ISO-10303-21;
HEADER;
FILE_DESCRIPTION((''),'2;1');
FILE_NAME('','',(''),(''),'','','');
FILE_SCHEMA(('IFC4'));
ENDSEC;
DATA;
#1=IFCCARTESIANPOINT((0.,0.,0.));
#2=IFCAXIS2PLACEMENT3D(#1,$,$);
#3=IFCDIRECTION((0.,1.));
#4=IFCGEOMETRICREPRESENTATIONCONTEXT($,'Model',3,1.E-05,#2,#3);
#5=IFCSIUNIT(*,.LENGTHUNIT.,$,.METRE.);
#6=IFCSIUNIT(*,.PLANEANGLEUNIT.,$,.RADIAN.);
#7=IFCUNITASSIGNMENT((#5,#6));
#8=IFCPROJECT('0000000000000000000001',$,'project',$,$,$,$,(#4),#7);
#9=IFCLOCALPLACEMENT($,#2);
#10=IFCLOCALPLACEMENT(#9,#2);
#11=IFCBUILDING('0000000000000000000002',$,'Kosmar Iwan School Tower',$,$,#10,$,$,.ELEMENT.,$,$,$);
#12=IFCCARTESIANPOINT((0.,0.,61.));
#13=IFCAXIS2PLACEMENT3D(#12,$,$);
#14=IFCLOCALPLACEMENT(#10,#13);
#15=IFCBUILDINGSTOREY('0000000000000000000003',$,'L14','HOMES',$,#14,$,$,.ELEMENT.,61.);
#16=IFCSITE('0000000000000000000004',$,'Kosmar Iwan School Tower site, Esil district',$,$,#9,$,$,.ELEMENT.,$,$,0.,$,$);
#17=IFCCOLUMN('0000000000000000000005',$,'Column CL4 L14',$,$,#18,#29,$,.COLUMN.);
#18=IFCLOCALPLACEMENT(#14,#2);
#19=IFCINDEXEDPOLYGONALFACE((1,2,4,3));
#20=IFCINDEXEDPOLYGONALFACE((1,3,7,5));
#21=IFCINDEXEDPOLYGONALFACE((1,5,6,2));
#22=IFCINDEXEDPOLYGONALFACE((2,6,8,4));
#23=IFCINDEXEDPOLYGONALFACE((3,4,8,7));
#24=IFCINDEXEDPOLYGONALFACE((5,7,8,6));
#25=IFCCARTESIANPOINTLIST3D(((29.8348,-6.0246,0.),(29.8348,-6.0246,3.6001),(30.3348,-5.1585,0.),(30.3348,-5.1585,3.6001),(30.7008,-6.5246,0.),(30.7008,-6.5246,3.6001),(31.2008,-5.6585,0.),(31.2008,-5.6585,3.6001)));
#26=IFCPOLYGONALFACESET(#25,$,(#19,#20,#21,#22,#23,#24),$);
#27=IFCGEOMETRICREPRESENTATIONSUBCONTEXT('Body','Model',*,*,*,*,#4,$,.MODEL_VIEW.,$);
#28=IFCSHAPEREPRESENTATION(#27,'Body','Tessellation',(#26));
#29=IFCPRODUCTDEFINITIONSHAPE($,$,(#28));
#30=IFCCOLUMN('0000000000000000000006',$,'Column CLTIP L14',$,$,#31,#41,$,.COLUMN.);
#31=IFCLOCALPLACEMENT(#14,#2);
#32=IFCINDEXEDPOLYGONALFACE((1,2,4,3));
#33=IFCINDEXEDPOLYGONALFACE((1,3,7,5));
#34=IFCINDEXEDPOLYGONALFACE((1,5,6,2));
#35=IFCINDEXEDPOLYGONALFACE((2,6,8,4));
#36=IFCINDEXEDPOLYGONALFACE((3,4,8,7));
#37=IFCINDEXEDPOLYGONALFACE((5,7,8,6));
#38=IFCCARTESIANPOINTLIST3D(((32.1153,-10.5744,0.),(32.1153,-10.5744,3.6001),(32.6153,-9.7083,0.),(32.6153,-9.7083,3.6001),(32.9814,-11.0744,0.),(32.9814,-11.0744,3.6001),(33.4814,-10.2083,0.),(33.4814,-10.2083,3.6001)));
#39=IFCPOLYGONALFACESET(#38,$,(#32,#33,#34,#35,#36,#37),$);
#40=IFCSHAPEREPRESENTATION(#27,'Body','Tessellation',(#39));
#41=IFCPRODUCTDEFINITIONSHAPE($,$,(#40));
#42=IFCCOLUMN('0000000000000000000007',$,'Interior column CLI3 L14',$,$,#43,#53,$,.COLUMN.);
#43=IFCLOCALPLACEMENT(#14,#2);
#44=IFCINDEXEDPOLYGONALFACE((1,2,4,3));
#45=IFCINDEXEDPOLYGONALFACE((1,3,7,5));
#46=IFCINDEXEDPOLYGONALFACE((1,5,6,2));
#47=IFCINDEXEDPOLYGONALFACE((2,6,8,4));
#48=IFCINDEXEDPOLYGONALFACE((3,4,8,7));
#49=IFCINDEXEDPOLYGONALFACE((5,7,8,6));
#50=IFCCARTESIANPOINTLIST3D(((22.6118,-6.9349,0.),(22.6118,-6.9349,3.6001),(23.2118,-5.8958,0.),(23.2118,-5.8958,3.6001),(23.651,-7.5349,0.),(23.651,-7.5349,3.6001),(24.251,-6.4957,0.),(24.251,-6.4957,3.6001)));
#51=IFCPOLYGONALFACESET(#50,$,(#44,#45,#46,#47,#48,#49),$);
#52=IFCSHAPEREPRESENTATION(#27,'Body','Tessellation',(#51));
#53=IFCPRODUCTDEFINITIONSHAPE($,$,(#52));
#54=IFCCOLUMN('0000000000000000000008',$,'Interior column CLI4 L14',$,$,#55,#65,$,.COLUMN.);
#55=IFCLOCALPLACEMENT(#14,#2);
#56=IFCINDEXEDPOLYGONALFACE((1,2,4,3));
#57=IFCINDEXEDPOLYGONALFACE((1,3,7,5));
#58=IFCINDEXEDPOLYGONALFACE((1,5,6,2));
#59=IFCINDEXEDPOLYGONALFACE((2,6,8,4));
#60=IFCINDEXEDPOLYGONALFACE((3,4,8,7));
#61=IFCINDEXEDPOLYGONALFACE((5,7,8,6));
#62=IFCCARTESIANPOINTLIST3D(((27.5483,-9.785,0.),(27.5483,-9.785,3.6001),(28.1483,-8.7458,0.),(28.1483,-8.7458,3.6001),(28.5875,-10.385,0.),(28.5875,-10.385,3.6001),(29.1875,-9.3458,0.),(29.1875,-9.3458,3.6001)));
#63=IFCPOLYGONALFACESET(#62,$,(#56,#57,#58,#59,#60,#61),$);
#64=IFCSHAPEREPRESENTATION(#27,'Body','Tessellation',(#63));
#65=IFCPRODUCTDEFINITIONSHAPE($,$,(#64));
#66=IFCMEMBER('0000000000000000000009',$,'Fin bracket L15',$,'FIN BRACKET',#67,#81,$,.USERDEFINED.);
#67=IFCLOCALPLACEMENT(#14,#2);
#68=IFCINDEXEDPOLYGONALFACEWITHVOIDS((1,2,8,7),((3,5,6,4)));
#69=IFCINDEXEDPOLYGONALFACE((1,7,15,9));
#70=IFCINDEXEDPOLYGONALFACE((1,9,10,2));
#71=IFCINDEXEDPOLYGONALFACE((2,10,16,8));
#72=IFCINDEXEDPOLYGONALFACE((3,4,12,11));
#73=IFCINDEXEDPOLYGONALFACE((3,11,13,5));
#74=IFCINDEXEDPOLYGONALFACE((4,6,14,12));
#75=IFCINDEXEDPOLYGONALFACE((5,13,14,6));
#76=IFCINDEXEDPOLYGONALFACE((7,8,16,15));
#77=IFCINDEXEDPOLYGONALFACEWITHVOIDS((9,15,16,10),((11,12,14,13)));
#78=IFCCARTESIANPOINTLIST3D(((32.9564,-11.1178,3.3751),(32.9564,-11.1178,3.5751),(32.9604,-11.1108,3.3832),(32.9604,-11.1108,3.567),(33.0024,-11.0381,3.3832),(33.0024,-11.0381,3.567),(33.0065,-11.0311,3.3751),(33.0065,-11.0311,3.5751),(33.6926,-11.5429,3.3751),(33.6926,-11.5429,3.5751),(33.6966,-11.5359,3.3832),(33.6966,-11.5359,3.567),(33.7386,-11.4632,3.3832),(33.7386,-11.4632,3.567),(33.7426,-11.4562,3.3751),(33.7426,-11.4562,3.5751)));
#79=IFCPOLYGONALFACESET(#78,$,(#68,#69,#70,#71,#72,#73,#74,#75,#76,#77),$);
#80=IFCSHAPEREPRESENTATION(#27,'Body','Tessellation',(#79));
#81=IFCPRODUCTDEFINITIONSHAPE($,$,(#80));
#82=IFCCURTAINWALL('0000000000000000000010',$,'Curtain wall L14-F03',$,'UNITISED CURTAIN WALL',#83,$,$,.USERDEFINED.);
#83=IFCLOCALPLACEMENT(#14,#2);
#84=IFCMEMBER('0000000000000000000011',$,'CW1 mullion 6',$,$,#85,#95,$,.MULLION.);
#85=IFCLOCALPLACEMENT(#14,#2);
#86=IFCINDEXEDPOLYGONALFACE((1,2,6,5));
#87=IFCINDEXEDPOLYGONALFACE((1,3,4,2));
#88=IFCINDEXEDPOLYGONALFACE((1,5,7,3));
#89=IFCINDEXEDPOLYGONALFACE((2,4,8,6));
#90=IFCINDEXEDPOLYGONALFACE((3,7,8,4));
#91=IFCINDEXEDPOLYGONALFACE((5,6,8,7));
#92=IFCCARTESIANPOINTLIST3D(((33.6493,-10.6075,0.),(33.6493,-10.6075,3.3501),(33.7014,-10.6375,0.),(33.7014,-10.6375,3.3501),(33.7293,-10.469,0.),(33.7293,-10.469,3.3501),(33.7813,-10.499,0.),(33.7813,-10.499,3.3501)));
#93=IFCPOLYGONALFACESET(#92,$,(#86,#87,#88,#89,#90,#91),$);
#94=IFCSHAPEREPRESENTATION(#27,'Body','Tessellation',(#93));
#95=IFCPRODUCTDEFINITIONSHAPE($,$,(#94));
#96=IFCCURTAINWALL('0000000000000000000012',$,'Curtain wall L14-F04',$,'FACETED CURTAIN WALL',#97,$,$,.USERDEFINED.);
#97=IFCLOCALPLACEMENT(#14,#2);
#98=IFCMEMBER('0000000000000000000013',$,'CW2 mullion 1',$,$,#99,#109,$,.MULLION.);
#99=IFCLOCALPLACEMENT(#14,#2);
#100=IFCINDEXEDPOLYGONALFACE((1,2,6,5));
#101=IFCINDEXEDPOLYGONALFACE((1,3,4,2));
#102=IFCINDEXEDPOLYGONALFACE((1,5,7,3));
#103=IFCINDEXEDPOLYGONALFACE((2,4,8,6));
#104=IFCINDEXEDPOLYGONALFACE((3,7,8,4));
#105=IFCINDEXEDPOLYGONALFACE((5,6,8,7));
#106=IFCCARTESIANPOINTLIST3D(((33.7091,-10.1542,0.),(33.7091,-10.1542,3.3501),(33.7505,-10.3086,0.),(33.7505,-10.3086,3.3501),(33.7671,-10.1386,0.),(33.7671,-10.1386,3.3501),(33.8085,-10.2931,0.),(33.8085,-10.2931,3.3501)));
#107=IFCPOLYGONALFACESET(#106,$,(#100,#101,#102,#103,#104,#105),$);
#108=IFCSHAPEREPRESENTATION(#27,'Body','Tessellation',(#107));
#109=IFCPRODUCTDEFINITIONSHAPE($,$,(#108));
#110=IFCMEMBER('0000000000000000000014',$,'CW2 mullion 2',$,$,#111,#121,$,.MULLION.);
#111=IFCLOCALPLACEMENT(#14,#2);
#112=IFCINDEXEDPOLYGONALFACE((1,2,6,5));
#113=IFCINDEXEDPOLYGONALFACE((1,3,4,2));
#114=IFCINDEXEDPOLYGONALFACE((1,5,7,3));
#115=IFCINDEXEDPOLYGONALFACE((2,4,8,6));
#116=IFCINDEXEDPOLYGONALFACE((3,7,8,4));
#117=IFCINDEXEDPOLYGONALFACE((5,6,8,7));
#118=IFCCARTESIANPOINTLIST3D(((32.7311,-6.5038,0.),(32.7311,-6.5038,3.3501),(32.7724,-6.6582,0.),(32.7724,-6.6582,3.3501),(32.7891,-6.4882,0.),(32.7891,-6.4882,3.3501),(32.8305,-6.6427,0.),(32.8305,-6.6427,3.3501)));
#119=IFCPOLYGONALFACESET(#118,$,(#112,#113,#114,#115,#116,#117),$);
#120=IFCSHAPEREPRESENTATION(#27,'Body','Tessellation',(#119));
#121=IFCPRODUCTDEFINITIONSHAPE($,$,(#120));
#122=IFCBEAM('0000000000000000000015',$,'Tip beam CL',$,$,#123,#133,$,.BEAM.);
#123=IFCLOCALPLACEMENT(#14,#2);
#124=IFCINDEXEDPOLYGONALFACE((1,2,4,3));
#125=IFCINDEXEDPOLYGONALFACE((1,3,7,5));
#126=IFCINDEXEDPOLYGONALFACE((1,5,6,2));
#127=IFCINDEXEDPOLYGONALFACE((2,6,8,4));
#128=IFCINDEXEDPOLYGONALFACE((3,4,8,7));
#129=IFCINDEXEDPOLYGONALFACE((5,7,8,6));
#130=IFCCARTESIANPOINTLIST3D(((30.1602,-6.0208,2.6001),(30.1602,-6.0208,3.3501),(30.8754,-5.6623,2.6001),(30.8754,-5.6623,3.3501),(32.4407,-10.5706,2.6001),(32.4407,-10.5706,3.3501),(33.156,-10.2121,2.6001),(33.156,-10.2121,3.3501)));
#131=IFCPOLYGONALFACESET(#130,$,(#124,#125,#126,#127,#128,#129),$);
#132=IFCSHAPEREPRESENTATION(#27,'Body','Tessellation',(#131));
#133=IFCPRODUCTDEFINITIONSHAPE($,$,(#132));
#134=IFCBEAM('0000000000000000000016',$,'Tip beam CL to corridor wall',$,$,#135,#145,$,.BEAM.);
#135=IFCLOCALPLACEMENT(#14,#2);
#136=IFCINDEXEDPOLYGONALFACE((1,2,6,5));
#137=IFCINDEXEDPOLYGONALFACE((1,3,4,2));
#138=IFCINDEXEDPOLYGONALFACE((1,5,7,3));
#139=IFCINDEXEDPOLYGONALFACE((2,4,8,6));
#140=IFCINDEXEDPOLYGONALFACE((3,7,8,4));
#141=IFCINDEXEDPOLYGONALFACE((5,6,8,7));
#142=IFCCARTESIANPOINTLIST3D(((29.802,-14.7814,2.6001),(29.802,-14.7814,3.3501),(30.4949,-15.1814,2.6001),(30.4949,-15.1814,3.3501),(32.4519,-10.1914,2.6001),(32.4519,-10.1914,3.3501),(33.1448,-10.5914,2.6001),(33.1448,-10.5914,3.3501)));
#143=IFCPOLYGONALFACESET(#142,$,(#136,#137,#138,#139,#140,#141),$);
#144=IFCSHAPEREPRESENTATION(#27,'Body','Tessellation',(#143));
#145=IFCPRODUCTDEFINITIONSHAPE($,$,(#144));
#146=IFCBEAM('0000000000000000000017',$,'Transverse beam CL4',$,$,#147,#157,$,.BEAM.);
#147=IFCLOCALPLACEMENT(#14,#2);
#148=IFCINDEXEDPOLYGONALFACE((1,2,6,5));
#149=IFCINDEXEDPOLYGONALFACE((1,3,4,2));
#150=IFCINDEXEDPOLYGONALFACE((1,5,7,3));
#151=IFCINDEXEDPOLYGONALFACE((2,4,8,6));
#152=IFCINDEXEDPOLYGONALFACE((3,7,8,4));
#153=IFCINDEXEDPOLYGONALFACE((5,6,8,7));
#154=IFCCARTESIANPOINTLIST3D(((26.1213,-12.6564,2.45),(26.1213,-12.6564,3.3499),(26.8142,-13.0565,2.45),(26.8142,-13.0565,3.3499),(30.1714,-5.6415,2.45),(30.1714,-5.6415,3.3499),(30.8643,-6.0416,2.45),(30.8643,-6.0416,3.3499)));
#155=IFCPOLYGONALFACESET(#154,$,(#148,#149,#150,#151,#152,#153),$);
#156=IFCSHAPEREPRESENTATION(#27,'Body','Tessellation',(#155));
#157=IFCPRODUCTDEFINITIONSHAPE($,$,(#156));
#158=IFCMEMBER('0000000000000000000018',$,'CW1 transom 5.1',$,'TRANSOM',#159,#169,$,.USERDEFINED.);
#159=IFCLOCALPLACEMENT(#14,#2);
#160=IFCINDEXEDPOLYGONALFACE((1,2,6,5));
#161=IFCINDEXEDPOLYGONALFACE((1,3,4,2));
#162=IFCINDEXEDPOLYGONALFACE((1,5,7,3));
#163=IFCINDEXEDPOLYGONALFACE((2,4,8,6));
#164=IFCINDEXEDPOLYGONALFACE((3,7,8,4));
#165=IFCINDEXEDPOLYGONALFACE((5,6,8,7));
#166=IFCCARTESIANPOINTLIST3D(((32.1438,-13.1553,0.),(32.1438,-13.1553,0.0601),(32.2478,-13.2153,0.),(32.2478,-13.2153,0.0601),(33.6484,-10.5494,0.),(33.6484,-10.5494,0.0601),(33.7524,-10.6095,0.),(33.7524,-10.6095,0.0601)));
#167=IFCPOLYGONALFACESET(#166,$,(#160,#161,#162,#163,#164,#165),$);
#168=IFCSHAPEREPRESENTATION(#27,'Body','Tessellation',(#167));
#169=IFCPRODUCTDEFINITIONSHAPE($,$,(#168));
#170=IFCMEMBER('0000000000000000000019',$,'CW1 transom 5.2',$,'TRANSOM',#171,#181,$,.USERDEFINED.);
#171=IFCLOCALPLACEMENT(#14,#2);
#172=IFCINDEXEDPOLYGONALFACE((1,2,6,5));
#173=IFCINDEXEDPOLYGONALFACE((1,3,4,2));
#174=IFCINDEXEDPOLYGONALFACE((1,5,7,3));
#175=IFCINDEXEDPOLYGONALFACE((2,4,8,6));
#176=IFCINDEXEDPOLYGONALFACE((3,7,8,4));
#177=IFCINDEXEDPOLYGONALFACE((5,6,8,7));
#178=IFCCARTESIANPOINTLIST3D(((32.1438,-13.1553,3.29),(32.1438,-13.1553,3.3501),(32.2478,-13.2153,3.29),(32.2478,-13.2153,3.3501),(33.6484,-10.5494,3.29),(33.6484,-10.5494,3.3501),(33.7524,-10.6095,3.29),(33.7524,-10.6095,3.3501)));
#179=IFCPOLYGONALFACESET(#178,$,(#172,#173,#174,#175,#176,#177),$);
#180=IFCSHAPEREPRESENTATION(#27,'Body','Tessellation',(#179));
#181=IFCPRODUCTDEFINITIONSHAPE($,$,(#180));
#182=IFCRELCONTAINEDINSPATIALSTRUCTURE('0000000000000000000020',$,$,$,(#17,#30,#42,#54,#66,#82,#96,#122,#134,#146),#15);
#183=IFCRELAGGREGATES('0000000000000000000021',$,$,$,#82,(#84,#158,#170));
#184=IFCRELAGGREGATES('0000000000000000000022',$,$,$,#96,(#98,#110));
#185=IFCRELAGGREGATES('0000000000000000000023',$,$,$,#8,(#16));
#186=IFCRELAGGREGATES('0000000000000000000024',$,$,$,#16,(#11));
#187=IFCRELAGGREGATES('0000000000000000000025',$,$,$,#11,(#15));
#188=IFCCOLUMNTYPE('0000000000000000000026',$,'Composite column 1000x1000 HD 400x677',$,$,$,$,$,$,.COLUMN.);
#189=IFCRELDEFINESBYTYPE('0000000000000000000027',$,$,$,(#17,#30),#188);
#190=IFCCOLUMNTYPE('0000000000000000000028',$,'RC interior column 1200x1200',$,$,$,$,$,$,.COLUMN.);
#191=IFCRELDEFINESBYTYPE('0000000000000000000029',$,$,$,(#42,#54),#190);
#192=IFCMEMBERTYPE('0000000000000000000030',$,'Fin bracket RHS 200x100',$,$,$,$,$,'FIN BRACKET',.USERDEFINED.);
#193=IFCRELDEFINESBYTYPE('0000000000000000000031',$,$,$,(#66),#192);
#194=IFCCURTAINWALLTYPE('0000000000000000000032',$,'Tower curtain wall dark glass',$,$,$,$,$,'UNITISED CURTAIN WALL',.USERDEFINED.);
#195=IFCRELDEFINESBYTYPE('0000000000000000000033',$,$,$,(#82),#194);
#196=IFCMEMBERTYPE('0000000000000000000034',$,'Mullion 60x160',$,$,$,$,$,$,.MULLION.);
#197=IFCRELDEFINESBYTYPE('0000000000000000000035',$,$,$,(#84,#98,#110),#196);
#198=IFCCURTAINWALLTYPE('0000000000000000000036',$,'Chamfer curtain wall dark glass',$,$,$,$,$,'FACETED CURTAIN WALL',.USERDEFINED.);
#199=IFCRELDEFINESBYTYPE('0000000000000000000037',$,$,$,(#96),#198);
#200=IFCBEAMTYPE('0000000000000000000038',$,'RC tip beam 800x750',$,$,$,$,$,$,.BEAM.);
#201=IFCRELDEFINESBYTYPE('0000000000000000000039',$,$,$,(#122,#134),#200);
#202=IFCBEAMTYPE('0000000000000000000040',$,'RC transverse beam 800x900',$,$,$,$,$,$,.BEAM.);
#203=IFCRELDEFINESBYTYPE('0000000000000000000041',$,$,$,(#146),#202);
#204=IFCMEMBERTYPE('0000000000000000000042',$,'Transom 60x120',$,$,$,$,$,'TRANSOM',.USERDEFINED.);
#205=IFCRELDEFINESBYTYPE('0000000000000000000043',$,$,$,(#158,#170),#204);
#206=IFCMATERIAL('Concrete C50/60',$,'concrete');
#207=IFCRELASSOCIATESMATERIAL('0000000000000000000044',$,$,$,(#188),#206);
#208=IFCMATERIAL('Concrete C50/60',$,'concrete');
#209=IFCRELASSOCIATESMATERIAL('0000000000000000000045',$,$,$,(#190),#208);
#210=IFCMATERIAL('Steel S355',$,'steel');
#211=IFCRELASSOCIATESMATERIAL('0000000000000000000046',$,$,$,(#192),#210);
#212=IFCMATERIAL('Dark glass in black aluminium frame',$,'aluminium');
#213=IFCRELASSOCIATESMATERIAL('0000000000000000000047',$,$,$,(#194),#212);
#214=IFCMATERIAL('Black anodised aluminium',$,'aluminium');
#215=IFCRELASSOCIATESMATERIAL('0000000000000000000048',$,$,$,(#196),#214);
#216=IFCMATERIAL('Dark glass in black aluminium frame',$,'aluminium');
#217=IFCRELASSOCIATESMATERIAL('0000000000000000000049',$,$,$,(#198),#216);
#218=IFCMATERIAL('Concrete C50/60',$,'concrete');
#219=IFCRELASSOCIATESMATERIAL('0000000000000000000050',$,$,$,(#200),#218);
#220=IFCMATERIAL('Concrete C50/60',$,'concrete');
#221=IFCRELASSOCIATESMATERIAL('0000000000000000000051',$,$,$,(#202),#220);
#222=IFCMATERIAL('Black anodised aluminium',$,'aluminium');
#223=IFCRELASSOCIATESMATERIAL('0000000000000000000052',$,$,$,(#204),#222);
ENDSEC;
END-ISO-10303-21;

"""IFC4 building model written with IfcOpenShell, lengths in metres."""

from ifc_helpers import new_model, si_unit, direction, frame, origin, origin_2d, place, context, subcontext, project, spatial, rectangle, hollow_rectangle, extrude, material, material_profile, profile_set, type_object, element, aggregate, save


model = new_model("IFC4")

# Units and contexts
model_context = context("Model", 3, precision=1e-05, world=origin(), true_north=direction((0.0, 1.0)))
body_context = subcontext(model_context, "Body", "Model", "MODEL_VIEW")
ifc_project = project(units=[si_unit("LENGTHUNIT", "METRE"), si_unit("PLANEANGLEUNIT", "RADIAN")], contexts=[model_context])

# Site, building, storey
site_placement = place(None, origin())
site = spatial("IfcSite", under=ifc_project, at=site_placement, Name="Kosmar Iwan School Tower site, Esil district", CompositionType="ELEMENT", RefElevation=0.0)
building_placement = place(site_placement, origin())
building = spatial("IfcBuilding", under=site, at=building_placement, Name="Kosmar Iwan School Tower", CompositionType="ELEMENT")
storey_placement = place(building_placement, frame((0.0, 0.0, 61.0)))
storey = spatial("IfcBuildingStorey", under=building, at=storey_placement, Name="L14", Description="HOMES", CompositionType="ELEMENT", Elevation=61.0)

# Columns
ifc_material_1 = material(Name="Concrete C50/60", Category="concrete")
ifc_material_profile_1 = material_profile(ifc_material_1, rectangle(XDim=1.0, YDim=1.0, at=origin_2d()), Name="RC 1000x1000 + HD 400x677")
ifc_profile_set_1 = profile_set([ifc_material_profile_1], Name="Concrete C50/60")
column_type_1 = type_object("IfcColumnType", Name="Composite column 1000x1000 HD 400x677", PredefinedType="COLUMN", material=ifc_profile_set_1)
for number, where, z_axis, x_axis, name in (
    (1, (30.5178, -5.8416, 0.0), (0.0, 0.0, 1.0), (0.866025, -0.5, 0.0), "Column CL4 L14"),
    (2, (32.7983, -10.3914, 0.0), (0.0, 0.0, 1.0), (0.866025, -0.5, 0.0), "Column CLTIP L14"),
):
    element("IfcColumn", number, at=place(storey_placement, frame(where, z_axis=z_axis, x_axis=x_axis)), inside=storey, type_object=column_type_1, Name=name, PredefinedType="COLUMN", context=body_context, shape_type="SweptSolid", body=[
        extrude(rectangle(XDim=1.0, YDim=1.0, at=origin_2d()), origin(), (0.0, 0.0, 1.0), 3.6001),
    ])
ifc_material_2 = material(Name="Concrete C50/60", Category="concrete")
ifc_material_profile_2 = material_profile(ifc_material_2, rectangle(XDim=1.2, YDim=1.2, at=origin_2d()), Name="RC 1200x1200")
ifc_profile_set_2 = profile_set([ifc_material_profile_2], Name="Concrete C50/60")
column_type_2 = type_object("IfcColumnType", Name="RC interior column 1200x1200", PredefinedType="COLUMN", material=ifc_profile_set_2)
for number, where, z_axis, x_axis, name in (
    (3, (23.4314, -6.7153, 0.0), (0.0, 0.0, 1.0), (0.866025, -0.5, 0.0), "Interior column CLI3 L14"),
    (4, (28.3679, -9.5654, 0.0), (0.0, 0.0, 1.0), (0.866025, -0.5, 0.0), "Interior column CLI4 L14"),
):
    element("IfcColumn", number, at=place(storey_placement, frame(where, z_axis=z_axis, x_axis=x_axis)), inside=storey, type_object=column_type_2, Name=name, PredefinedType="COLUMN", context=body_context, shape_type="SweptSolid", body=[
        extrude(rectangle(XDim=1.2, YDim=1.2, at=origin_2d()), origin(), (0.0, 0.0, 1.0), 3.6001),
    ])

# Member
ifc_material_3 = material(Name="Steel S355", Category="steel")
ifc_material_profile_3 = material_profile(ifc_material_3, hollow_rectangle(XDim=0.1001, YDim=0.2, WallThickness=0.0081, at=origin_2d()), Name="RHS 200x100x8")
ifc_profile_set_3 = profile_set([ifc_material_profile_3], Name="Steel S355")
member_type_1 = type_object("IfcMemberType", Name="Fin bracket RHS 200x100", ElementType="FIN BRACKET", PredefinedType="USERDEFINED", material=ifc_profile_set_3)
member_1_placement = place(storey_placement, frame((32.9814, -11.0745, 3.4751), z_axis=(0.865989, -0.500062, 0.0), x_axis=(0.500062, 0.865989, 0.0)))
element("IfcMember", 5, at=member_1_placement, inside=storey, type_object=member_type_1, Name="Fin bracket L15", ObjectType="FIN BRACKET", PredefinedType="USERDEFINED", context=body_context, shape_type="SweptSolid", body=[
    extrude(hollow_rectangle(XDim=0.1001, YDim=0.2, WallThickness=0.0081, at=origin_2d()), origin(), (0.0, 0.0, 1.0), 0.8501),
])

# Curtain wall, member
ifc_material_4 = material(Name="Dark glass in black aluminium frame", Category="aluminium")
curtain_wall_type_1 = type_object("IfcCurtainWallType", Name="Tower curtain wall dark glass", ElementType="UNITISED CURTAIN WALL", PredefinedType="USERDEFINED", material=ifc_material_4)
curtain_wall_1_placement = place(storey_placement, origin())
curtain_wall_1 = element("IfcCurtainWall", 6, at=curtain_wall_1_placement, inside=storey, type_object=curtain_wall_type_1, Name="Curtain wall L14-F03", ObjectType="UNITISED CURTAIN WALL", PredefinedType="USERDEFINED")
ifc_material_5 = material(Name="Black anodised aluminium", Category="aluminium")
ifc_material_profile_4 = material_profile(ifc_material_5, rectangle(XDim=0.0601, YDim=0.1599, at=origin_2d()), Name="MULLION 60x160")
ifc_profile_set_4 = profile_set([ifc_material_profile_4], Name="Black anodised aluminium")
member_type_2 = type_object("IfcMemberType", Name="Mullion 60x160", PredefinedType="MULLION", material=ifc_profile_set_4)
member_2_placement = place(storey_placement, frame((33.7153, -10.5532, 0.0), z_axis=(0.0, 0.0, 1.0), x_axis=(-0.866025, 0.5, 0.0)))
member_2 = element("IfcMember", 7, at=member_2_placement, type_object=member_type_2, Name="CW1 mullion 6", PredefinedType="MULLION", context=body_context, shape_type="SweptSolid", body=[
    extrude(rectangle(XDim=0.0601, YDim=0.1599, at=origin_2d()), origin(), (0.0, 0.0, 1.0), 3.3501),
])

# Curtain wall, members
ifc_material_6 = material(Name="Dark glass in black aluminium frame", Category="aluminium")
curtain_wall_type_2 = type_object("IfcCurtainWallType", Name="Chamfer curtain wall dark glass", ElementType="FACETED CURTAIN WALL", PredefinedType="USERDEFINED", material=ifc_material_6)
curtain_wall_2_placement = place(storey_placement, origin())
curtain_wall_2 = element("IfcCurtainWall", 8, at=curtain_wall_2_placement, inside=storey, type_object=curtain_wall_type_2, Name="Curtain wall L14-F04", ObjectType="FACETED CURTAIN WALL", PredefinedType="USERDEFINED")
member_3_placement = place(storey_placement, frame((33.7588, -10.2236, 0.0), z_axis=(0.0, 0.0, 1.0), x_axis=(-0.965926, -0.258819, 0.0)))
member_3 = element("IfcMember", 9, at=member_3_placement, type_object=member_type_2, Name="CW2 mullion 1", PredefinedType="MULLION", context=body_context, shape_type="SweptSolid", body=[
    extrude(rectangle(XDim=0.0601, YDim=0.1599, at=origin_2d()), origin(), (0.0, 0.0, 1.0), 3.3501),
])
member_4_placement = place(storey_placement, frame((32.7808, -6.5732, 0.0), z_axis=(0.0, 0.0, 1.0), x_axis=(-0.965926, -0.258819, 0.0)))
member_4 = element("IfcMember", 10, at=member_4_placement, type_object=member_type_2, Name="CW2 mullion 2", PredefinedType="MULLION", context=body_context, shape_type="SweptSolid", body=[
    extrude(rectangle(XDim=0.0601, YDim=0.1599, at=origin_2d()), origin(), (0.0, 0.0, 1.0), 3.3501),
])

# Beams
ifc_material_7 = material(Name="Concrete C50/60", Category="concrete")
ifc_material_profile_5 = material_profile(ifc_material_7, rectangle(XDim=0.8, YDim=0.75, at=origin_2d()), Name="RC 800x750")
ifc_profile_set_5 = profile_set([ifc_material_profile_5], Name="Concrete C50/60")
beam_type_1 = type_object("IfcBeamType", Name="RC tip beam 800x750", PredefinedType="BEAM", material=ifc_profile_set_5)
beam_1_placement = place(storey_placement, frame((30.5178, -5.8416, 2.9751), z_axis=(0.448096, -0.893985, 0.0), x_axis=(0.893985, 0.448096, 0.0)))
element("IfcBeam", 11, at=beam_1_placement, inside=storey, type_object=beam_type_1, Name="Tip beam CL", PredefinedType="BEAM", context=body_context, shape_type="SweptSolid", body=[
    extrude(rectangle(XDim=0.8, YDim=0.75, at=origin_2d()), origin(), (0.0, 0.0, 1.0), 5.0894),
])
beam_2_placement = place(storey_placement, frame((32.7983, -10.3914, 2.9751), z_axis=(-0.499974, -0.866041, 0.0), x_axis=(0.866041, -0.499974, 0.0)))
element("IfcBeam", 12, at=beam_2_placement, inside=storey, type_object=beam_type_1, Name="Tip beam CL to corridor wall", PredefinedType="BEAM", context=body_context, shape_type="SweptSolid", body=[
    extrude(rectangle(XDim=0.8, YDim=0.75, at=origin_2d()), origin(), (0.0, 0.0, 1.0), 5.3),
])
ifc_material_8 = material(Name="Concrete C50/60", Category="concrete")
ifc_material_profile_6 = material_profile(ifc_material_8, rectangle(XDim=0.8, YDim=0.8999, at=origin_2d()), Name="RC 800x900")
ifc_profile_set_6 = profile_set([ifc_material_profile_6], Name="Concrete C50/60")
beam_type_2 = type_object("IfcBeamType", Name="RC transverse beam 800x900", PredefinedType="BEAM", material=ifc_profile_set_6)
beam_3_placement = place(storey_placement, frame((30.5178, -5.8416, 2.8999), z_axis=(-0.5, -0.866025, 0.0), x_axis=(0.866025, -0.5, 0.0)))
element("IfcBeam", 13, at=beam_3_placement, inside=storey, type_object=beam_type_2, Name="Transverse beam CL4", PredefinedType="BEAM", context=body_context, shape_type="SweptSolid", body=[
    extrude(rectangle(XDim=0.8, YDim=0.8999, at=origin_2d()), origin(), (0.0, 0.0, 1.0), 8.1001),
])

# Members
ifc_material_9 = material(Name="Black anodised aluminium", Category="aluminium")
ifc_material_profile_7 = material_profile(ifc_material_9, rectangle(XDim=0.1201, YDim=0.0601, at=origin_2d()), Name="TRANSOM 60x120")
ifc_profile_set_7 = profile_set([ifc_material_profile_7], Name="Black anodised aluminium")
member_type_3 = type_object("IfcMemberType", Name="Transom 60x120", ElementType="TRANSOM", PredefinedType="USERDEFINED", material=ifc_profile_set_7)
member_5_placement = place(storey_placement, frame((32.1958, -13.1853, 0.03), z_axis=(0.500022, 0.866013, 0.0), x_axis=(-0.866013, 0.500022, 0.0)))
member_5 = element("IfcMember", 14, at=member_5_placement, type_object=member_type_3, Name="CW1 transom 5.1", ObjectType="TRANSOM", PredefinedType="USERDEFINED", context=body_context, shape_type="SweptSolid", body=[
    extrude(rectangle(XDim=0.1201, YDim=0.0601, at=origin_2d()), origin(), (0.0, 0.0, 1.0), 3.009),
])
member_6_placement = place(storey_placement, frame((32.1958, -13.1853, 3.3201), z_axis=(0.500022, 0.866013, 0.0), x_axis=(-0.866013, 0.500022, 0.0)))
member_6 = element("IfcMember", 15, at=member_6_placement, type_object=member_type_3, Name="CW1 transom 5.2", ObjectType="TRANSOM", PredefinedType="USERDEFINED", context=body_context, shape_type="SweptSolid", body=[
    extrude(rectangle(XDim=0.1201, YDim=0.0601, at=origin_2d()), origin(), (0.0, 0.0, 1.0), 3.009),
])

aggregate(curtain_wall_1, [member_2, member_5, member_6])
aggregate(curtain_wall_2, [member_3, member_4])

save(model, "model.ifc")
